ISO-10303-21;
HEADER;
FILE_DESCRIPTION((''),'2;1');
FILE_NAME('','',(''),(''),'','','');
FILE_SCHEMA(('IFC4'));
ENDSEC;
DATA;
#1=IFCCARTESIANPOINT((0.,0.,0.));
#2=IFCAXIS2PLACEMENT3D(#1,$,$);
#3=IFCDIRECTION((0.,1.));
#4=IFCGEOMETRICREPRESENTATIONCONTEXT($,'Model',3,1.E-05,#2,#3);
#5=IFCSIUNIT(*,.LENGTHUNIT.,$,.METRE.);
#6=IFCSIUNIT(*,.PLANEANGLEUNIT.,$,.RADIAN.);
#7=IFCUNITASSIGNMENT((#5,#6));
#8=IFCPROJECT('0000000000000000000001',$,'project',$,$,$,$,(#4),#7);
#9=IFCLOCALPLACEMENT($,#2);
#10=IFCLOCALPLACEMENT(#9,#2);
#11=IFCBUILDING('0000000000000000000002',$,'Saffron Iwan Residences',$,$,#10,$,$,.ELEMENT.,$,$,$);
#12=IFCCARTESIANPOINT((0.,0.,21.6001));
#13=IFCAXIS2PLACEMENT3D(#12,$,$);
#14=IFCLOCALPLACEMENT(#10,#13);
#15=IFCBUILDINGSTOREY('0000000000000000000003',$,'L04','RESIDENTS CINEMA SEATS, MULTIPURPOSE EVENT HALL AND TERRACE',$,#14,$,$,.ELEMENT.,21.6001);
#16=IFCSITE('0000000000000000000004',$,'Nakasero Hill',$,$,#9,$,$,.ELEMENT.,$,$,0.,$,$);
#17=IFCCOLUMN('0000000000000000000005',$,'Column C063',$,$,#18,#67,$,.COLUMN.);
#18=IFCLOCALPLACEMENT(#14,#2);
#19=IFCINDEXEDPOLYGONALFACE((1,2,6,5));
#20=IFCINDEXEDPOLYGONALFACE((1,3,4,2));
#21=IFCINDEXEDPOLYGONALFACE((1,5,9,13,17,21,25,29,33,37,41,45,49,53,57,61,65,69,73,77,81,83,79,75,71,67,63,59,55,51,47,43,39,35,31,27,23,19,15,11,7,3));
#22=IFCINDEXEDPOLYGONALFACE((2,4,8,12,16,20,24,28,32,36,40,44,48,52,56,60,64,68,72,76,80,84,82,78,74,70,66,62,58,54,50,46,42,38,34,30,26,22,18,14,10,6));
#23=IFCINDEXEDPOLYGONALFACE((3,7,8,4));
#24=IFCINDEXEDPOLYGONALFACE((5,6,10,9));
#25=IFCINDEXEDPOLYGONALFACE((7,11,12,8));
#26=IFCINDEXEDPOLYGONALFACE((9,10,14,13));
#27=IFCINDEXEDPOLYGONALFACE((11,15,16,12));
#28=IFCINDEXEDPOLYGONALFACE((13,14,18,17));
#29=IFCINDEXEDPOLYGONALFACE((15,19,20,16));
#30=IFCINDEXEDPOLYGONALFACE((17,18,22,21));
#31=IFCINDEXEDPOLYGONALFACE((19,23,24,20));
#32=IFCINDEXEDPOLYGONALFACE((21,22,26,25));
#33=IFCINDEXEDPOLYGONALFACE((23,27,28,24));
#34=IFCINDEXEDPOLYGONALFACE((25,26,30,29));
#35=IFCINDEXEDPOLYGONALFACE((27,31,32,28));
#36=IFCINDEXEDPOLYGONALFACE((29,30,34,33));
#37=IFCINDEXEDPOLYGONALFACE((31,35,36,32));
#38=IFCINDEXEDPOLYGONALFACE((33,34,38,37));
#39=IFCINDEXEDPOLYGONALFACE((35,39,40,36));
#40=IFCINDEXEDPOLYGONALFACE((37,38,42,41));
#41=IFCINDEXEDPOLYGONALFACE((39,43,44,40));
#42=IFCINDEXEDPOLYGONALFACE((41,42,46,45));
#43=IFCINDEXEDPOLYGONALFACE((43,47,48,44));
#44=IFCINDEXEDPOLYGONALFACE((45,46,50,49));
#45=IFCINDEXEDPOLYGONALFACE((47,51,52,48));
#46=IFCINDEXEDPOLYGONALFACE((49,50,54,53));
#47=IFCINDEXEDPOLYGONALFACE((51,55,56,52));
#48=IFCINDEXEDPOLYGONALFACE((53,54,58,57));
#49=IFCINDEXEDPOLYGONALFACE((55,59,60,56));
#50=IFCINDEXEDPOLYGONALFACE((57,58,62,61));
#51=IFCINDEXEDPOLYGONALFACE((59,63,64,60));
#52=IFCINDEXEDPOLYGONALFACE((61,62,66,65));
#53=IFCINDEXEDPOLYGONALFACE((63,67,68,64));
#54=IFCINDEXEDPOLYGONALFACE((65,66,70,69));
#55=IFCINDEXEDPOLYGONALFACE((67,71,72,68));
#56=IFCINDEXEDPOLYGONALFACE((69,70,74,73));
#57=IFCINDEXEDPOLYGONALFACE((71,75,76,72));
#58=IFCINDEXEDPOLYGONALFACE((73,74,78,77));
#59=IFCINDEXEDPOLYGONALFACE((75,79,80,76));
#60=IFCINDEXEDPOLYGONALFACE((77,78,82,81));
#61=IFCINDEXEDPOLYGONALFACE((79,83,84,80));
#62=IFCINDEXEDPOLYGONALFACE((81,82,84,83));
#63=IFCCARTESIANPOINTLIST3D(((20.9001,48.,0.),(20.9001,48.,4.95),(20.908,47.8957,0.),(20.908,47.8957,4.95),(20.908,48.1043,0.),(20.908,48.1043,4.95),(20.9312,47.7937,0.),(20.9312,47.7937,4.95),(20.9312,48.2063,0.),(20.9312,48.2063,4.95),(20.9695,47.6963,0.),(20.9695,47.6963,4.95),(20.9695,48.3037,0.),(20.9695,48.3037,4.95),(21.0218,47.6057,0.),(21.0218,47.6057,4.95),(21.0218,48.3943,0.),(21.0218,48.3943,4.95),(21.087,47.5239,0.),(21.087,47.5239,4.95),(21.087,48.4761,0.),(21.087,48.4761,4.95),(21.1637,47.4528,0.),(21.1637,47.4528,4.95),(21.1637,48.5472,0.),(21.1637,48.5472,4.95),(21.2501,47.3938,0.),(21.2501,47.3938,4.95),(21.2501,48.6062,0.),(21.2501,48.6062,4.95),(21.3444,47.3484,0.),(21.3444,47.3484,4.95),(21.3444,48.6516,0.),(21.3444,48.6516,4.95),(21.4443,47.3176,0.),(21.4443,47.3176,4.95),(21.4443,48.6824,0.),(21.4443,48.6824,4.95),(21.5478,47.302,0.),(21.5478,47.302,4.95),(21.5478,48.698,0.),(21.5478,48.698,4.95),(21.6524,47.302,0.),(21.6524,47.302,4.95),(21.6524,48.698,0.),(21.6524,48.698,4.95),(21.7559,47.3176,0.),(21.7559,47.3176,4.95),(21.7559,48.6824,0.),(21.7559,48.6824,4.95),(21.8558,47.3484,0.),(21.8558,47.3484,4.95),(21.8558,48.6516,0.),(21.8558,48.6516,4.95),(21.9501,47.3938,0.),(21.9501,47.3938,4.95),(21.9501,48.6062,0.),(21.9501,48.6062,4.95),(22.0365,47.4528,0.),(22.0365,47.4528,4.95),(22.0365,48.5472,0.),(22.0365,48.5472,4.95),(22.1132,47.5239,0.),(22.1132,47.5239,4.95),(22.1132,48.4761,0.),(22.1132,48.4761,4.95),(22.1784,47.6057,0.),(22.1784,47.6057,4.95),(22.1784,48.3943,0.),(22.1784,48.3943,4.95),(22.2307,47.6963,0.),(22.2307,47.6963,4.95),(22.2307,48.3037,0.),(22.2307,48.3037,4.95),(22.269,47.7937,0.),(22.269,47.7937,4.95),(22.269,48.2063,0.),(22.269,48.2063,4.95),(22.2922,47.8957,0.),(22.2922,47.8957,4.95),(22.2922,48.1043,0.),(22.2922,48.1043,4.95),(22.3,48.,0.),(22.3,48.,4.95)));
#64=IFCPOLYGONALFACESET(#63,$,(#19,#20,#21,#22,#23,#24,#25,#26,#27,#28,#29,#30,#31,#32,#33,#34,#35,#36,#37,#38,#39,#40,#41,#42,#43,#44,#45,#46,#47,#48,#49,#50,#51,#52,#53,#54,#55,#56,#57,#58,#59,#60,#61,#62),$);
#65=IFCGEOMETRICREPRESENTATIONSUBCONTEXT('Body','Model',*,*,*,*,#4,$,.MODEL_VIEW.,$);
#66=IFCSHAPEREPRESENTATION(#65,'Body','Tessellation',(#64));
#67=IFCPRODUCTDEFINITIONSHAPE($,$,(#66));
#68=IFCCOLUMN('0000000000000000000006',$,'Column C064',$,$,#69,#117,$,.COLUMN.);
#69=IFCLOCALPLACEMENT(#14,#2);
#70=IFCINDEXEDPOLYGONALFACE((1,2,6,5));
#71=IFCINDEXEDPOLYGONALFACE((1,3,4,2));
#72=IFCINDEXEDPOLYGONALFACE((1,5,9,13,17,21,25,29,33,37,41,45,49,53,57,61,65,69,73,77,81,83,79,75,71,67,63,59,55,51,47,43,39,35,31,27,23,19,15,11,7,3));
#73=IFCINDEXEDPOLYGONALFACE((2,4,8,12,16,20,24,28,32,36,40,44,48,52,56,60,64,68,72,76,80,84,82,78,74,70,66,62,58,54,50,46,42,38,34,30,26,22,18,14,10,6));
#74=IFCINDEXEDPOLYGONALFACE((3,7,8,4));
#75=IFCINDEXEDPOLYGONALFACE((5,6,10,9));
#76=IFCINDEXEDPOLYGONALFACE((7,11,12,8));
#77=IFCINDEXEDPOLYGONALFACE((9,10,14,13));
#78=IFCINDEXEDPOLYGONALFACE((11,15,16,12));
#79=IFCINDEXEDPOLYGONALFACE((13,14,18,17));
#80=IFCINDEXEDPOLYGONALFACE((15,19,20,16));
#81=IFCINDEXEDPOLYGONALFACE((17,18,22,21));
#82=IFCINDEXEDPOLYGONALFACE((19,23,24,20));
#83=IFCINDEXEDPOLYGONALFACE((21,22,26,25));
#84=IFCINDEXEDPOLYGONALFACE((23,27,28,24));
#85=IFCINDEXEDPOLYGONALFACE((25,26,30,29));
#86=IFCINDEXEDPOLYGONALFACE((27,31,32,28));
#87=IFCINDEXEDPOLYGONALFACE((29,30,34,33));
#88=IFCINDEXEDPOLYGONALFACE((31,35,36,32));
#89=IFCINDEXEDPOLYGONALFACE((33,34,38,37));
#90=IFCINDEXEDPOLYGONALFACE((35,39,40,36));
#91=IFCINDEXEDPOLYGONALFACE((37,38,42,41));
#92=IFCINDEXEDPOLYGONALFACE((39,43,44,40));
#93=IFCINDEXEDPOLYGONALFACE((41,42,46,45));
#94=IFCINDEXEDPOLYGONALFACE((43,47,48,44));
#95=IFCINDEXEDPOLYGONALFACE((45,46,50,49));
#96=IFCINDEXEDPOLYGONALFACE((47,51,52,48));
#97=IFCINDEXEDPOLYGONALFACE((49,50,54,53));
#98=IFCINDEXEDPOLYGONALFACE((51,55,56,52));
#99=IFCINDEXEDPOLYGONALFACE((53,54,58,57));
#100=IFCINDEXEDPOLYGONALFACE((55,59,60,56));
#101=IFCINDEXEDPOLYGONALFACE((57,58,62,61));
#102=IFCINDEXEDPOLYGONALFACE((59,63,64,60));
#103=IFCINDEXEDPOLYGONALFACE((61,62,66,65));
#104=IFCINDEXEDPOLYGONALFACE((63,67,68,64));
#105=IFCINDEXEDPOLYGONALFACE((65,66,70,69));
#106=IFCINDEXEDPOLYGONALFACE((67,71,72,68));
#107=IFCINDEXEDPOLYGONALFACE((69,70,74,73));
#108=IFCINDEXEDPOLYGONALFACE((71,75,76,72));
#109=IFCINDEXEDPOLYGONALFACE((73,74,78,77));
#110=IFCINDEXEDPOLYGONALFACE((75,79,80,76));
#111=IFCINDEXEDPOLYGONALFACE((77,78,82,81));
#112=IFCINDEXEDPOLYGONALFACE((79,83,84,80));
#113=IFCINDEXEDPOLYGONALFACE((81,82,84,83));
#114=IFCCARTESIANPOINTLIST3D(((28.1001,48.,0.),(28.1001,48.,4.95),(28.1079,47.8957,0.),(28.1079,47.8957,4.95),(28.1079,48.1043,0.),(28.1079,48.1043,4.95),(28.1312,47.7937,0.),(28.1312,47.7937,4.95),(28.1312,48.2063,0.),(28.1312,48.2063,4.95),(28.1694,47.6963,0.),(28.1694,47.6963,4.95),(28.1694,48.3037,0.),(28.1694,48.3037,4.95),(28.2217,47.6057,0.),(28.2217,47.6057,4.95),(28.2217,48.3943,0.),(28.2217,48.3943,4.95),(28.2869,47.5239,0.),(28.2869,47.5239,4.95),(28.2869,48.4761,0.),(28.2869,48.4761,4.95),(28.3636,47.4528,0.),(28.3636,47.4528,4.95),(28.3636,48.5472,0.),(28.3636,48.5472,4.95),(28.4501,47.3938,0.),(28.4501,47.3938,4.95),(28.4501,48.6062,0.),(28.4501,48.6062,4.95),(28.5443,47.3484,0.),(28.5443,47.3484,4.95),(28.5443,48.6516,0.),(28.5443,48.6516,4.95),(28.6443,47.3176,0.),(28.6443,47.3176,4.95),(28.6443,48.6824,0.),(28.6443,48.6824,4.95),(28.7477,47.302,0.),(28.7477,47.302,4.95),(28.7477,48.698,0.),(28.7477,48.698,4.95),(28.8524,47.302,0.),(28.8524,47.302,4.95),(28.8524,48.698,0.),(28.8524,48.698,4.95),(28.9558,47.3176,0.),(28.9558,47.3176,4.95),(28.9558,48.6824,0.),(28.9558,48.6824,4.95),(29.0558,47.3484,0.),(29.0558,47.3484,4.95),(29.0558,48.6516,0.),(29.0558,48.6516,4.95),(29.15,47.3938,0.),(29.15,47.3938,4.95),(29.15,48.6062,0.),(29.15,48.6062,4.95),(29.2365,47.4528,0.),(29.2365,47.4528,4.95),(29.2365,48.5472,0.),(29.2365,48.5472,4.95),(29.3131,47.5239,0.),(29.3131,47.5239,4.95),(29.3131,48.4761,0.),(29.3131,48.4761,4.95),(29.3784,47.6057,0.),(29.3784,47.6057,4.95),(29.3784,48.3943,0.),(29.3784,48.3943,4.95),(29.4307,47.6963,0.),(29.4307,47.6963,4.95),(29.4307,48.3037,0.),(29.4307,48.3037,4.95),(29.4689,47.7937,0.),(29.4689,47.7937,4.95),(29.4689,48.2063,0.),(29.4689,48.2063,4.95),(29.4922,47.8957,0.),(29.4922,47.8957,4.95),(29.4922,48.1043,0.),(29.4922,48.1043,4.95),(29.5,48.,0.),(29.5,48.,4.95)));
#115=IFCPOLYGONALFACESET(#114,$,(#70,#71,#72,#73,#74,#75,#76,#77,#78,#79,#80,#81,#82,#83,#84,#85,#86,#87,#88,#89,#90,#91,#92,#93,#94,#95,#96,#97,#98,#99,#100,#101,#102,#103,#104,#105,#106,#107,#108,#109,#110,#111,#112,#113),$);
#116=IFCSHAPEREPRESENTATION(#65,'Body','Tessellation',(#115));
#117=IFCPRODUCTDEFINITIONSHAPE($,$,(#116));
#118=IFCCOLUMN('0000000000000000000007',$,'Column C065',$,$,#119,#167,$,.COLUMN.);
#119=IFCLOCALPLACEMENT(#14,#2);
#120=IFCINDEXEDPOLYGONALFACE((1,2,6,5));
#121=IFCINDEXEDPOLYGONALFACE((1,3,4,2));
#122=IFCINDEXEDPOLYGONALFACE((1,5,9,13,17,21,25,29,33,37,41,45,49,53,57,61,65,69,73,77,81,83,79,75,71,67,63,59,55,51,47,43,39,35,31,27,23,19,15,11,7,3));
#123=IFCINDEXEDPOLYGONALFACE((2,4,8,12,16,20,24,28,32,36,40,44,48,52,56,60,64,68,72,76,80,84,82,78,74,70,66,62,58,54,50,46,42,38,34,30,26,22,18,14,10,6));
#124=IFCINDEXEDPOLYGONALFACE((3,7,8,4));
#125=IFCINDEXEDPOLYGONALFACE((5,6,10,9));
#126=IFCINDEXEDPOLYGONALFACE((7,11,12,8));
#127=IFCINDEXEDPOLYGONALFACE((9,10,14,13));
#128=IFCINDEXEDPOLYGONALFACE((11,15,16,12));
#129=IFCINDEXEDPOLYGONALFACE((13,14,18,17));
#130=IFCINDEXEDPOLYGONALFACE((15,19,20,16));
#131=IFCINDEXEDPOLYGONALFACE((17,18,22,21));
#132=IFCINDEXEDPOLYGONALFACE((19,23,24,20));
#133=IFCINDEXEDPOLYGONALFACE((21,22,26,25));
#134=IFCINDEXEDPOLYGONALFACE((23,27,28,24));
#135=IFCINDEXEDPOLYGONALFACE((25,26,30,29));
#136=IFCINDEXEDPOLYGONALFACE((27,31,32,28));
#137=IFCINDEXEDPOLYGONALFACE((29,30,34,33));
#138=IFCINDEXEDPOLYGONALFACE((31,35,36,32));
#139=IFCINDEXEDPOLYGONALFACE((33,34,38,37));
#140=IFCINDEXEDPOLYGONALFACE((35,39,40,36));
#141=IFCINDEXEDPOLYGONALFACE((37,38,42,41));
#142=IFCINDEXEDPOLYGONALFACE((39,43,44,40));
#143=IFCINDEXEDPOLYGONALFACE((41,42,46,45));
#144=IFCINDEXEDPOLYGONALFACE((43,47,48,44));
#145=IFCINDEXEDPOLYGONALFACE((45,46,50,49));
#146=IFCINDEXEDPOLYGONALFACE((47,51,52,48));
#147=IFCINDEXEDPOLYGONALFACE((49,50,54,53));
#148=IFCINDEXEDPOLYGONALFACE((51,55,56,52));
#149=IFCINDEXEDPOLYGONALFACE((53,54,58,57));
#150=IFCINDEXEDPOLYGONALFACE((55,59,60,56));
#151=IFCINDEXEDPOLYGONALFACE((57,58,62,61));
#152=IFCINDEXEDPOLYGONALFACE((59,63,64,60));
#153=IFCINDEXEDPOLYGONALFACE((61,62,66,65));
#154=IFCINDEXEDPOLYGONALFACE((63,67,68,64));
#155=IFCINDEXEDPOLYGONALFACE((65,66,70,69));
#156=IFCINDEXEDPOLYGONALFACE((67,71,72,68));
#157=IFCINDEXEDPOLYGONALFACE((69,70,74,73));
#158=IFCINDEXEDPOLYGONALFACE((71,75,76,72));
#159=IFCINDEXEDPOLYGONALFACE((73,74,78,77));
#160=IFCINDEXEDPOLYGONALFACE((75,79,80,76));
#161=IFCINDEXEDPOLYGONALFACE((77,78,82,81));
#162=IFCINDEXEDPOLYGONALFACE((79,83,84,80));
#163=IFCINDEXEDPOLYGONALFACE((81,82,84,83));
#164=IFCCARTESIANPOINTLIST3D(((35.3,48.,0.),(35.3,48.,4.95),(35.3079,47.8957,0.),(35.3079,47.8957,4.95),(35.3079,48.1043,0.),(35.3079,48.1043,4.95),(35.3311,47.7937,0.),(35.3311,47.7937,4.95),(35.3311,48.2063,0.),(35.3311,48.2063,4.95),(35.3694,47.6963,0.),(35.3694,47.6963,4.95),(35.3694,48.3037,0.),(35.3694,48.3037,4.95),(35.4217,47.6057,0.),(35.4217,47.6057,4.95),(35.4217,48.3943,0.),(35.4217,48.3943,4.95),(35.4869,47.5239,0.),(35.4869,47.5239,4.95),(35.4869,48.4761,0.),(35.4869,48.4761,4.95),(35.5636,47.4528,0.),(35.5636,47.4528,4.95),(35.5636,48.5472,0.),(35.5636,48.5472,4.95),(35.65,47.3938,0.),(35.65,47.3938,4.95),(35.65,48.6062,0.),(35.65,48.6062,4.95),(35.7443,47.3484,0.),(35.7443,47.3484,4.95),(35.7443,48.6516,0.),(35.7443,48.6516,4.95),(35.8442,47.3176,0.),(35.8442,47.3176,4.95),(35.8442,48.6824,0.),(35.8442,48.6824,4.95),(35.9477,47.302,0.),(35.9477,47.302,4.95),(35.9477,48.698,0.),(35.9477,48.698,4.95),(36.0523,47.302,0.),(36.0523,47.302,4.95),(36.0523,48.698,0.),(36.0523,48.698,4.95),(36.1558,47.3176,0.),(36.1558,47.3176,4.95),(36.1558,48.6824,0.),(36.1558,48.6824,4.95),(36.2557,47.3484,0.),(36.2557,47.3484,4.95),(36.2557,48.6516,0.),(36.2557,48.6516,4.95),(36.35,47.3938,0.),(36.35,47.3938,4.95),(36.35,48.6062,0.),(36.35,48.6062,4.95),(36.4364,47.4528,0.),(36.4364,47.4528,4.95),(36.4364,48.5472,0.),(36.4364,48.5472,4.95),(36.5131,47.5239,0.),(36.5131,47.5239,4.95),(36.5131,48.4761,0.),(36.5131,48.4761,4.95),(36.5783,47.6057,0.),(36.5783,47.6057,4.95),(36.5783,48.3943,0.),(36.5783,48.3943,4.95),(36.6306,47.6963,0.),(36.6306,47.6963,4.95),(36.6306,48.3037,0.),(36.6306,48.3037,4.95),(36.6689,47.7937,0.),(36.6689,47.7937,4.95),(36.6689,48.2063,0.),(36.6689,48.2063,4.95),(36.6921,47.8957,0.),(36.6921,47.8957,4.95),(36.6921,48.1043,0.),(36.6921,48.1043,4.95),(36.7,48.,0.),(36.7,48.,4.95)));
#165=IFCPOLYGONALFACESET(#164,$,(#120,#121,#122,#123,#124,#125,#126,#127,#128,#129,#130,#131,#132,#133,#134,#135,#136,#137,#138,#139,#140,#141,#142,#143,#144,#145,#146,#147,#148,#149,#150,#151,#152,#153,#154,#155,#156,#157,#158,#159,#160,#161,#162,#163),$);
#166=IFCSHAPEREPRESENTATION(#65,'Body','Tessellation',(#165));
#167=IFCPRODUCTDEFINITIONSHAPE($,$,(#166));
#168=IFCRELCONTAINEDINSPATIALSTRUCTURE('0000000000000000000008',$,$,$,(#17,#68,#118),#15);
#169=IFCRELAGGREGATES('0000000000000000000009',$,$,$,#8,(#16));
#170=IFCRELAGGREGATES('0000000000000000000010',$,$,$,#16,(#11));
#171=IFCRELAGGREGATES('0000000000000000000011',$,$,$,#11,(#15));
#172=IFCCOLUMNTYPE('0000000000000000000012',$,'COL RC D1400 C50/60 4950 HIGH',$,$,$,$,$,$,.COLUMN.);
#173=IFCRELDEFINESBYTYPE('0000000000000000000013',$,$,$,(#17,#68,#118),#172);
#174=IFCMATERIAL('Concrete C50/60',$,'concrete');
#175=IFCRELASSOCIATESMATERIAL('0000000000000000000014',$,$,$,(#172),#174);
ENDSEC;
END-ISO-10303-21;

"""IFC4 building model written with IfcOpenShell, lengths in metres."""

from ifc_helpers import new_model, si_unit, direction, frame, origin, origin_2d, place, context, subcontext, project, spatial, circle, extrude, source, transform, mapped, material, material_profile, profile_set, type_object, element, save


model = new_model("IFC4")

# Units and contexts
model_context = context("Model", 3, precision=1e-05, world=origin(), true_north=direction((0.0, 1.0)))
body_context = subcontext(model_context, "Body", "Model", "MODEL_VIEW")
ifc_project = project(units=[si_unit("LENGTHUNIT", "METRE"), si_unit("PLANEANGLEUNIT", "RADIAN")], contexts=[model_context])

# Site, building, storey
site_placement = place(None, origin())
site = spatial("IfcSite", under=ifc_project, at=site_placement, Name="Nakasero Hill", CompositionType="ELEMENT", RefElevation=0.0)
building_placement = place(site_placement, origin())
building = spatial("IfcBuilding", under=site, at=building_placement, Name="Saffron Iwan Residences", CompositionType="ELEMENT")
storey_placement = place(building_placement, frame((0.0, 0.0, 21.6001)))
storey = spatial("IfcBuildingStorey", under=building, at=storey_placement, Name="L04", Description="RESIDENTS CINEMA SEATS, MULTIPURPOSE EVENT HALL AND TERRACE", CompositionType="ELEMENT", Elevation=21.6001)

# Columns
ifc_material_1 = material(Name="Concrete C50/60", Category="concrete")
ifc_material_profile_1 = material_profile(ifc_material_1, circle(Radius=0.7, at=origin_2d()), Name="RC D1400")
ifc_profile_set_1 = profile_set([ifc_material_profile_1], Name="Concrete C50/60")
column_type = type_object("IfcColumnType", Name="COL RC D1400 C50/60 4950 HIGH", PredefinedType="COLUMN", material=ifc_profile_set_1)
shared_shape_1 = source(origin(), body_context, "Body", "SweptSolid", [
    extrude(circle(Radius=0.7, at=origin_2d()), origin(), (0.0, 0.0, 1.0), 4.95),
])
for number, where, z_axis, x_axis, name in (
    (1, (21.6001, 48.0, 0.0), (0.0, 0.0, 1.0), (1.0, 0.0, 0.0), "Column C063"),
    (2, (28.8, 48.0, 0.0), (0.0, 0.0, 1.0), (1.0, 0.0, 0.0), "Column C064"),
    (3, (36.0, 48.0, 0.0), (0.0, 0.0, 1.0), (1.0, 0.0, 0.0), "Column C065"),
):
    element("IfcColumn", number, at=place(storey_placement, frame(where, z_axis=z_axis, x_axis=x_axis)), inside=storey, type_object=column_type, Name=name, PredefinedType="COLUMN", context=body_context, shape_type="MappedRepresentation", body=[
        mapped(shared_shape_1, transform((0.0, 0.0, 0.0))),
    ])

save(model, "model.ifc")
